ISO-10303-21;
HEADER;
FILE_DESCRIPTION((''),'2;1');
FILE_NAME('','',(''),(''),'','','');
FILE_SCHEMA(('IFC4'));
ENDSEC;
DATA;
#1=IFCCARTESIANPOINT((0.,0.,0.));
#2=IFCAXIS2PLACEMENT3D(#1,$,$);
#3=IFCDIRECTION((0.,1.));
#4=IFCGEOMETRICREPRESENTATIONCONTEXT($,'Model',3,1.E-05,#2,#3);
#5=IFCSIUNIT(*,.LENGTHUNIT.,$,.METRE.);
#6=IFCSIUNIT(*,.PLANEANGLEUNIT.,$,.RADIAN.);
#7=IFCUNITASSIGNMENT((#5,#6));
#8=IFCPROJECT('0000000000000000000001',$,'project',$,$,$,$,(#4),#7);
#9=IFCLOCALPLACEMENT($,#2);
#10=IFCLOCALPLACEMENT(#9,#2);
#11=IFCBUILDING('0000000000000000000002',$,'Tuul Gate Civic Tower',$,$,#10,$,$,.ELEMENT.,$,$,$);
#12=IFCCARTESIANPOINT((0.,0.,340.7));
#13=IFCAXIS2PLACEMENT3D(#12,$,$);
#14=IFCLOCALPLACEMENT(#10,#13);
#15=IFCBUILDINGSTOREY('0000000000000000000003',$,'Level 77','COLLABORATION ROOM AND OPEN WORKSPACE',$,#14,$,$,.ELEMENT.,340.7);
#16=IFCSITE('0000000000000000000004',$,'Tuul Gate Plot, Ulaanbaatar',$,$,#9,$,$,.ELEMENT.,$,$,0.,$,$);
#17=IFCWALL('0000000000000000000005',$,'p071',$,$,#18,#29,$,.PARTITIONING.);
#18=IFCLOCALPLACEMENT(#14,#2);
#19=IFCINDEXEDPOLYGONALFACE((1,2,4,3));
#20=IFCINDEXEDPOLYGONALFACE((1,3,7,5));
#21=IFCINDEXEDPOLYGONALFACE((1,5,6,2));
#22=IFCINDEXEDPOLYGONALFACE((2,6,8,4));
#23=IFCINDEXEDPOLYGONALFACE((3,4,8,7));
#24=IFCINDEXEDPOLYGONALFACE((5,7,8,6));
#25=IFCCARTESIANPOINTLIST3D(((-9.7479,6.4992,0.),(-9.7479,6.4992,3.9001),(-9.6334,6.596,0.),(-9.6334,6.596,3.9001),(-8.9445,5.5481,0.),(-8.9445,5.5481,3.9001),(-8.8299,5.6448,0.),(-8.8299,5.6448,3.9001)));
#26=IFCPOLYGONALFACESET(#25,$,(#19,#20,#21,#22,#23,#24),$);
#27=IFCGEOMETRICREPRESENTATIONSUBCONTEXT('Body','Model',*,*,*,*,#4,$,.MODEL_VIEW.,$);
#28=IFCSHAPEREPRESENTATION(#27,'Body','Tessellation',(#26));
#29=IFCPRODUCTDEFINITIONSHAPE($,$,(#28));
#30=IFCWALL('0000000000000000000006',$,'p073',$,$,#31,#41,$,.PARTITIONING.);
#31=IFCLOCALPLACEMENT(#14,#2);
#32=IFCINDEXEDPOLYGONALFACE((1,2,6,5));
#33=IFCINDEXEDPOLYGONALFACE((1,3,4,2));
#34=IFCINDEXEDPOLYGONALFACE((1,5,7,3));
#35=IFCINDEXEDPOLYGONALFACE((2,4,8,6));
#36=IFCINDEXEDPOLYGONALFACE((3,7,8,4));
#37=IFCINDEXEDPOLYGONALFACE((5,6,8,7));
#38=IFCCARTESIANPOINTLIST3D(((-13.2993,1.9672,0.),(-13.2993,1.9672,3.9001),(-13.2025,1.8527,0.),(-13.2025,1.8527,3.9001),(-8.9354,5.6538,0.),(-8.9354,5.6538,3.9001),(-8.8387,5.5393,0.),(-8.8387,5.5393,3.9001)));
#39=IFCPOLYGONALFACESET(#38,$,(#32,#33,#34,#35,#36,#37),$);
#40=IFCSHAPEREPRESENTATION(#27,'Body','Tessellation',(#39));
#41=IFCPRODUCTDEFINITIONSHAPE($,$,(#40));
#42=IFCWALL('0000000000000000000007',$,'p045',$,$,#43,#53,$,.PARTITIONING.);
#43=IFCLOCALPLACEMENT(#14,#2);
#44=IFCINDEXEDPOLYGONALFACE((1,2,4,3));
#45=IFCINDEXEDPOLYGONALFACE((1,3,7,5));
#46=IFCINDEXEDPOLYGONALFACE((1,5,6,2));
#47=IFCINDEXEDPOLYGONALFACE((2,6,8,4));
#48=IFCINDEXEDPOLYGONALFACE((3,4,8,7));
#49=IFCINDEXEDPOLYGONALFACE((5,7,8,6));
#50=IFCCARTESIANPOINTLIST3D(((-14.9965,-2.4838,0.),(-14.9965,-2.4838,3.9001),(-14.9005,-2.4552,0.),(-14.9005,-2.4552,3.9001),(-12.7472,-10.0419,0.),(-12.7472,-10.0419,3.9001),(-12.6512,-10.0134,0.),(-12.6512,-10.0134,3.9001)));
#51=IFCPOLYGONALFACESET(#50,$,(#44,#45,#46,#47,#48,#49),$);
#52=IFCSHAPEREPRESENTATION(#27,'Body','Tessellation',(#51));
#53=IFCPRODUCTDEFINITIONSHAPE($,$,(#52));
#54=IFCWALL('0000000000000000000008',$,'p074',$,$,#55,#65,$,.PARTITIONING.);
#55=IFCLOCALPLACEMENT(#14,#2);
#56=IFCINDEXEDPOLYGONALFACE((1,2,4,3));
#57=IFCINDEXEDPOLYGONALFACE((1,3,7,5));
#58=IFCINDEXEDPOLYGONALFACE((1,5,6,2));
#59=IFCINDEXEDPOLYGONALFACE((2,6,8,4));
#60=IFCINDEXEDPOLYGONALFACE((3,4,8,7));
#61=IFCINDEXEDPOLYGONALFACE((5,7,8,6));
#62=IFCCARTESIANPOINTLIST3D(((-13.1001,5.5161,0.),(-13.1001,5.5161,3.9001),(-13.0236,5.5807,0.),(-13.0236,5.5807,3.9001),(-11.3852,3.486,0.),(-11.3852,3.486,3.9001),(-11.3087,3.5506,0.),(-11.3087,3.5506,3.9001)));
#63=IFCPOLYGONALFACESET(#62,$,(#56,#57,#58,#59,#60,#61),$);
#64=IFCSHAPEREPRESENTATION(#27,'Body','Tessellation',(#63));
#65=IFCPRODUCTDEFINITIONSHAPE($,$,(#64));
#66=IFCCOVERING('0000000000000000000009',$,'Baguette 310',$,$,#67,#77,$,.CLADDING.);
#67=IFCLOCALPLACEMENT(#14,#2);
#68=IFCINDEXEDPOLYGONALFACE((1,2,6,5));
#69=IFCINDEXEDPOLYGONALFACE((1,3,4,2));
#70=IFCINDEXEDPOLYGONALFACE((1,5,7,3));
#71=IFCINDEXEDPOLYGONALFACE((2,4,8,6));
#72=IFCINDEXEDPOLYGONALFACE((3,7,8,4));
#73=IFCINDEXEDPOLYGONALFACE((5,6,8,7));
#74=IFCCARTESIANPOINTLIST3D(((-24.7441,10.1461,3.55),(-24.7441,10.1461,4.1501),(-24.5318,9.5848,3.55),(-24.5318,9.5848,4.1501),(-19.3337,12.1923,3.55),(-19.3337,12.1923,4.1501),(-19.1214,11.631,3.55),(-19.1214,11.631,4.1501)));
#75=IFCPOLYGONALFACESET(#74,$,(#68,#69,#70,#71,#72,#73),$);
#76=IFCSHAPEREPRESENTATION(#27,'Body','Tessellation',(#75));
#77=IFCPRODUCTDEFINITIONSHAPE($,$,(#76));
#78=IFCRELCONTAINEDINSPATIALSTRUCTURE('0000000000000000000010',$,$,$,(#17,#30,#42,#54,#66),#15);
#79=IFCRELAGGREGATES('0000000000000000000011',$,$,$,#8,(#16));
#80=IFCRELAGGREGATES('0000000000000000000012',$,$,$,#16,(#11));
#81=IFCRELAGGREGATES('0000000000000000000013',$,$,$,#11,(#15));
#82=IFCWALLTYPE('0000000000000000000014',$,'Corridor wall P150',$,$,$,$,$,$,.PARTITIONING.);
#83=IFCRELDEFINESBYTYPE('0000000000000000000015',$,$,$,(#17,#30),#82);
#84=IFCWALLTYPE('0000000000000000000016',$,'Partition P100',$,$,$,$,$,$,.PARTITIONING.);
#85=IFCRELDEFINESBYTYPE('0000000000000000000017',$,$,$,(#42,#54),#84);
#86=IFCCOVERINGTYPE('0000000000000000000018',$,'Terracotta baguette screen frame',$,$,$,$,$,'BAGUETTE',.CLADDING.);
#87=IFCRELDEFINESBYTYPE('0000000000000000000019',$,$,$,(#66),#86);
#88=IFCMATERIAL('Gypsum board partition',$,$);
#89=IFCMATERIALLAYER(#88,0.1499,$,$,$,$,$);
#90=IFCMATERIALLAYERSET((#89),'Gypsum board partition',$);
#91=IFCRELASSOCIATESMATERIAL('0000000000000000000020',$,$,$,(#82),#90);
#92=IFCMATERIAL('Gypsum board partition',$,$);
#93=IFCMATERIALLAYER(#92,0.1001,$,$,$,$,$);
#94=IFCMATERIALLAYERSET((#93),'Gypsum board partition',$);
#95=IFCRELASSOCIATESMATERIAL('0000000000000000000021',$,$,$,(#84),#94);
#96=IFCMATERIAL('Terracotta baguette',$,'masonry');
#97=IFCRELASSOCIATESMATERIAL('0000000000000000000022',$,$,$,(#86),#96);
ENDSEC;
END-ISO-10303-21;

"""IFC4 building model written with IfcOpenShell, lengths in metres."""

from ifc_helpers import new_model, si_unit, direction, frame, frame_2d, origin, origin_2d, place, context, subcontext, project, spatial, rectangle, extrude, material, layer, layer_set, material_profile, profile_set, type_object, element, save


model = new_model("IFC4")

# Units and contexts
model_context = context("Model", 3, precision=1e-05, world=origin(), true_north=direction((0.0, 1.0)))
body_context = subcontext(model_context, "Body", "Model", "MODEL_VIEW")
ifc_project = project(units=[si_unit("LENGTHUNIT", "METRE"), si_unit("PLANEANGLEUNIT", "RADIAN")], contexts=[model_context])

# Site, building, storey
site_placement = place(None, origin())
site = spatial("IfcSite", under=ifc_project, at=site_placement, Name="Tuul Gate Plot, Ulaanbaatar", CompositionType="ELEMENT", RefElevation=0.0)
building_placement = place(site_placement, origin())
building = spatial("IfcBuilding", under=site, at=building_placement, Name="Tuul Gate Civic Tower", CompositionType="ELEMENT")
storey_placement = place(building_placement, frame((0.0, 0.0, 340.7)))
storey = spatial("IfcBuildingStorey", under=building, at=storey_placement, Name="Level 77", Description="COLLABORATION ROOM AND OPEN WORKSPACE", CompositionType="ELEMENT", Elevation=340.7)

# Shared definitions
ifc_material_1 = material(Name="Gypsum board partition")
ifc_layer_1 = layer(ifc_material_1, 0.1499)
ifc_layer_set_1 = layer_set([ifc_layer_1], Name="Gypsum board partition")
wall_type_1 = type_object("IfcWallType", Name="Corridor wall P150", PredefinedType="PARTITIONING", material=ifc_layer_set_1)

# Walls
wall_1_placement = place(storey_placement, frame((-9.6907, 6.5476, 0.0), z_axis=(0.0, 0.0, 1.0), x_axis=(0.6453, -0.763929, 0.0)))
element("IfcWall", 1, at=wall_1_placement, inside=storey, type_object=wall_type_1, Name="p071", PredefinedType="PARTITIONING", context=body_context, shape_type="SweptSolid", body=[
    extrude(rectangle(XDim=1.2451, YDim=0.1499, at=frame_2d((0.6226, 0.0))), origin(), (0.0, 0.0, 1.0), 3.9001),
])
wall_2_placement = place(storey_placement, frame((-13.251, 1.9099, 0.0), z_axis=(0.0, 0.0, 1.0), x_axis=(0.763895, 0.64534, 0.0)))
element("IfcWall", 2, at=wall_2_placement, inside=storey, type_object=wall_type_1, Name="p073", PredefinedType="PARTITIONING", context=body_context, shape_type="SweptSolid", body=[
    extrude(rectangle(XDim=5.7126, YDim=0.1499, at=frame_2d((2.8564, 0.0))), origin(), (0.0, 0.0, 1.0), 3.9001),
])
ifc_material_2 = material(Name="Gypsum board partition")
ifc_layer_2 = layer(ifc_material_2, 0.1001)
ifc_layer_set_2 = layer_set([ifc_layer_2], Name="Gypsum board partition")
wall_type_2 = type_object("IfcWallType", Name="Partition P100", PredefinedType="PARTITIONING", material=ifc_layer_set_2)
wall_3_placement = place(storey_placement, frame((-14.9485, -2.4695, 0.0), z_axis=(0.0, 0.0, 1.0), x_axis=(0.285234, -0.958458, 0.0)))
element("IfcWall", 3, at=wall_3_placement, inside=storey, type_object=wall_type_2, Name="p045", PredefinedType="PARTITIONING", context=body_context, shape_type="SweptSolid", body=[
    extrude(rectangle(XDim=7.8857, YDim=0.1001, at=frame_2d((3.9429, 0.0))), origin(), (0.0, 0.0, 1.0), 3.9001),
])
wall_4_placement = place(storey_placement, frame((-13.0618, 5.5483, 0.0), z_axis=(0.0, 0.0, 1.0), x_axis=(0.645312, -0.763919, 0.0)))
element("IfcWall", 4, at=wall_4_placement, inside=storey, type_object=wall_type_2, Name="p074", PredefinedType="PARTITIONING", context=body_context, shape_type="SweptSolid", body=[
    extrude(rectangle(XDim=2.6575, YDim=0.1001, at=frame_2d((1.3286, 0.0))), origin(), (0.0, 0.0, 1.0), 3.9001),
])

# Covering
ifc_material_3 = material(Name="Terracotta baguette", Category="masonry")
ifc_material_profile_1 = material_profile(ifc_material_3, rectangle(XDim=0.6001, YDim=0.6001, at=origin_2d()), Name="Terracotta baguette screen frame")
ifc_profile_set_1 = profile_set([ifc_material_profile_1], Name="Terracotta baguette")
covering_type = type_object("IfcCoveringType", Name="Terracotta baguette screen frame", ElementType="BAGUETTE", PredefinedType="CLADDING", material=ifc_profile_set_1)
covering_placement = place(storey_placement, frame((-19.2275, 11.9116, 3.8501), z_axis=(-0.935346, -0.353735, 0.0), x_axis=(0.353735, -0.935346, 0.0)))
element("IfcCovering", 5, at=covering_placement, inside=storey, type_object=covering_type, Name="Baguette 310", PredefinedType="CLADDING", context=body_context, shape_type="SweptSolid", body=[
    extrude(rectangle(XDim=0.6001, YDim=0.6001, at=origin_2d()), origin(), (0.0, 0.0, 1.0), 5.7844),
])

save(model, "model.ifc")
